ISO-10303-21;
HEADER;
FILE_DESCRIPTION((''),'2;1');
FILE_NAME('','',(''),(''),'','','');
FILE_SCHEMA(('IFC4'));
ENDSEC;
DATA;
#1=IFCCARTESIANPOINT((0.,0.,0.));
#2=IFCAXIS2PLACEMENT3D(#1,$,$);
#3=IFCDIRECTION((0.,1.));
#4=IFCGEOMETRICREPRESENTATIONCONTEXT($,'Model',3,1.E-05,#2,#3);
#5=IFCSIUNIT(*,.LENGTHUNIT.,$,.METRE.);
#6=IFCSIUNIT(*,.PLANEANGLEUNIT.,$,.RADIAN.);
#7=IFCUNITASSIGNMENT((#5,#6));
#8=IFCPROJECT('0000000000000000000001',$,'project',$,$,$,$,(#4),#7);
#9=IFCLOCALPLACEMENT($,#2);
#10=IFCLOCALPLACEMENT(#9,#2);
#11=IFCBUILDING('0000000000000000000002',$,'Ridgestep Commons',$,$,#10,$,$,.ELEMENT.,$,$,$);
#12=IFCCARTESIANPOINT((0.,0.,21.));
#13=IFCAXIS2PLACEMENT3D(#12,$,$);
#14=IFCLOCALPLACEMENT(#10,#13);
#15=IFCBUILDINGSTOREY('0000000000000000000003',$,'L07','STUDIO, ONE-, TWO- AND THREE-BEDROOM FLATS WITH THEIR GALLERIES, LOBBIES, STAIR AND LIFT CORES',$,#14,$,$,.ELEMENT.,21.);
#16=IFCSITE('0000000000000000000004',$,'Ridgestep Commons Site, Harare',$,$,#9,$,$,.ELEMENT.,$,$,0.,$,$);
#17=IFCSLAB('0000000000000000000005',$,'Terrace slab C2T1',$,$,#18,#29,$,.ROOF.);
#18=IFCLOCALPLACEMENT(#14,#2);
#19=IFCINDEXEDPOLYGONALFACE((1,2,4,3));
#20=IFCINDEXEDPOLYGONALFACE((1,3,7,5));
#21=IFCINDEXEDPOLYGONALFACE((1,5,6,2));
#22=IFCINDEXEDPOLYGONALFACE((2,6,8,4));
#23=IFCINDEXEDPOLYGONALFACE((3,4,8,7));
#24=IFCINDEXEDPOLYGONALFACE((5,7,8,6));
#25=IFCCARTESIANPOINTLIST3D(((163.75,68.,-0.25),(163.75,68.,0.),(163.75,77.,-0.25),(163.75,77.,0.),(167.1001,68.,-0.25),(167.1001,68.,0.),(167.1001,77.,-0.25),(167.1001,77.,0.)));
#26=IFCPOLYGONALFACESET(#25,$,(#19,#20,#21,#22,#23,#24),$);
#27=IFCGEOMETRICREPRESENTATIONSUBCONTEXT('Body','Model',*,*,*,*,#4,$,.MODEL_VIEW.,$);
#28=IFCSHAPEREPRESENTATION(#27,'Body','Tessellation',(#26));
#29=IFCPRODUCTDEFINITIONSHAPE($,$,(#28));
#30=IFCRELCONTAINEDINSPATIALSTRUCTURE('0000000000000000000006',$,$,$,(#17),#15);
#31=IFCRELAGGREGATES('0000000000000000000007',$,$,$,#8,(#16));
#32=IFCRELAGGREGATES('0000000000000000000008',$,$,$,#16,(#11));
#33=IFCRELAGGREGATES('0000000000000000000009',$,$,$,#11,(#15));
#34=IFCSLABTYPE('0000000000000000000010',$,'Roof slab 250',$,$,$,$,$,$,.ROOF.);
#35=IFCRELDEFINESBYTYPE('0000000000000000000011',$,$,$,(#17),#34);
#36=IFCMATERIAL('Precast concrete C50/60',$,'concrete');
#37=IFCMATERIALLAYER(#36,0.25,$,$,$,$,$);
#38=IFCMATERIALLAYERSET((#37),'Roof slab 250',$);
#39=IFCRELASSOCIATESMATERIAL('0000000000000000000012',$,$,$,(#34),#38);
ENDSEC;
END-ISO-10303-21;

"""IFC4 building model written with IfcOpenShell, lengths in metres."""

from ifc_helpers import new_model, si_unit, direction, frame, origin, place, context, subcontext, project, spatial, polyline, outline, extrude, material, layer, layer_set, type_object, element, save


model = new_model("IFC4")

# Units and contexts
model_context = context("Model", 3, precision=1e-05, world=origin(), true_north=direction((0.0, 1.0)))
body_context = subcontext(model_context, "Body", "Model", "MODEL_VIEW")
ifc_project = project(units=[si_unit("LENGTHUNIT", "METRE"), si_unit("PLANEANGLEUNIT", "RADIAN")], contexts=[model_context])

# Site, building, storey
site_placement = place(None, origin())
site = spatial("IfcSite", under=ifc_project, at=site_placement, Name="Ridgestep Commons Site, Harare", CompositionType="ELEMENT", RefElevation=0.0)
building_placement = place(site_placement, origin())
building = spatial("IfcBuilding", under=site, at=building_placement, Name="Ridgestep Commons", CompositionType="ELEMENT")
storey_placement = place(building_placement, frame((0.0, 0.0, 21.0)))
storey = spatial("IfcBuildingStorey", under=building, at=storey_placement, Name="L07", Description="STUDIO, ONE-, TWO- AND THREE-BEDROOM FLATS WITH THEIR GALLERIES, LOBBIES, STAIR AND LIFT CORES", CompositionType="ELEMENT", Elevation=21.0)

# Slab
ifc_material_1 = material(Name="Precast concrete C50/60", Category="concrete")
ifc_layer_1 = layer(ifc_material_1, 0.25)
ifc_layer_set_1 = layer_set([ifc_layer_1], Name="Roof slab 250")
slab_type_1 = type_object("IfcSlabType", Name="Roof slab 250", PredefinedType="ROOF", material=ifc_layer_set_1)
slab_1_placement = place(storey_placement, frame((0.0, 0.0, -0.25)))
element("IfcSlab", 1, at=slab_1_placement, inside=storey, type_object=slab_type_1, Name="Terrace slab C2T1", PredefinedType="ROOF", context=body_context, shape_type="SweptSolid", body=[
    extrude(outline(polyline([(167.1001, 68.0), (167.1001, 77.0), (163.75, 77.0), (163.75, 68.0), (167.1001, 68.0)])), origin(), (0.0, 0.0, 1.0), 0.25),
])

save(model, "model.ifc")
